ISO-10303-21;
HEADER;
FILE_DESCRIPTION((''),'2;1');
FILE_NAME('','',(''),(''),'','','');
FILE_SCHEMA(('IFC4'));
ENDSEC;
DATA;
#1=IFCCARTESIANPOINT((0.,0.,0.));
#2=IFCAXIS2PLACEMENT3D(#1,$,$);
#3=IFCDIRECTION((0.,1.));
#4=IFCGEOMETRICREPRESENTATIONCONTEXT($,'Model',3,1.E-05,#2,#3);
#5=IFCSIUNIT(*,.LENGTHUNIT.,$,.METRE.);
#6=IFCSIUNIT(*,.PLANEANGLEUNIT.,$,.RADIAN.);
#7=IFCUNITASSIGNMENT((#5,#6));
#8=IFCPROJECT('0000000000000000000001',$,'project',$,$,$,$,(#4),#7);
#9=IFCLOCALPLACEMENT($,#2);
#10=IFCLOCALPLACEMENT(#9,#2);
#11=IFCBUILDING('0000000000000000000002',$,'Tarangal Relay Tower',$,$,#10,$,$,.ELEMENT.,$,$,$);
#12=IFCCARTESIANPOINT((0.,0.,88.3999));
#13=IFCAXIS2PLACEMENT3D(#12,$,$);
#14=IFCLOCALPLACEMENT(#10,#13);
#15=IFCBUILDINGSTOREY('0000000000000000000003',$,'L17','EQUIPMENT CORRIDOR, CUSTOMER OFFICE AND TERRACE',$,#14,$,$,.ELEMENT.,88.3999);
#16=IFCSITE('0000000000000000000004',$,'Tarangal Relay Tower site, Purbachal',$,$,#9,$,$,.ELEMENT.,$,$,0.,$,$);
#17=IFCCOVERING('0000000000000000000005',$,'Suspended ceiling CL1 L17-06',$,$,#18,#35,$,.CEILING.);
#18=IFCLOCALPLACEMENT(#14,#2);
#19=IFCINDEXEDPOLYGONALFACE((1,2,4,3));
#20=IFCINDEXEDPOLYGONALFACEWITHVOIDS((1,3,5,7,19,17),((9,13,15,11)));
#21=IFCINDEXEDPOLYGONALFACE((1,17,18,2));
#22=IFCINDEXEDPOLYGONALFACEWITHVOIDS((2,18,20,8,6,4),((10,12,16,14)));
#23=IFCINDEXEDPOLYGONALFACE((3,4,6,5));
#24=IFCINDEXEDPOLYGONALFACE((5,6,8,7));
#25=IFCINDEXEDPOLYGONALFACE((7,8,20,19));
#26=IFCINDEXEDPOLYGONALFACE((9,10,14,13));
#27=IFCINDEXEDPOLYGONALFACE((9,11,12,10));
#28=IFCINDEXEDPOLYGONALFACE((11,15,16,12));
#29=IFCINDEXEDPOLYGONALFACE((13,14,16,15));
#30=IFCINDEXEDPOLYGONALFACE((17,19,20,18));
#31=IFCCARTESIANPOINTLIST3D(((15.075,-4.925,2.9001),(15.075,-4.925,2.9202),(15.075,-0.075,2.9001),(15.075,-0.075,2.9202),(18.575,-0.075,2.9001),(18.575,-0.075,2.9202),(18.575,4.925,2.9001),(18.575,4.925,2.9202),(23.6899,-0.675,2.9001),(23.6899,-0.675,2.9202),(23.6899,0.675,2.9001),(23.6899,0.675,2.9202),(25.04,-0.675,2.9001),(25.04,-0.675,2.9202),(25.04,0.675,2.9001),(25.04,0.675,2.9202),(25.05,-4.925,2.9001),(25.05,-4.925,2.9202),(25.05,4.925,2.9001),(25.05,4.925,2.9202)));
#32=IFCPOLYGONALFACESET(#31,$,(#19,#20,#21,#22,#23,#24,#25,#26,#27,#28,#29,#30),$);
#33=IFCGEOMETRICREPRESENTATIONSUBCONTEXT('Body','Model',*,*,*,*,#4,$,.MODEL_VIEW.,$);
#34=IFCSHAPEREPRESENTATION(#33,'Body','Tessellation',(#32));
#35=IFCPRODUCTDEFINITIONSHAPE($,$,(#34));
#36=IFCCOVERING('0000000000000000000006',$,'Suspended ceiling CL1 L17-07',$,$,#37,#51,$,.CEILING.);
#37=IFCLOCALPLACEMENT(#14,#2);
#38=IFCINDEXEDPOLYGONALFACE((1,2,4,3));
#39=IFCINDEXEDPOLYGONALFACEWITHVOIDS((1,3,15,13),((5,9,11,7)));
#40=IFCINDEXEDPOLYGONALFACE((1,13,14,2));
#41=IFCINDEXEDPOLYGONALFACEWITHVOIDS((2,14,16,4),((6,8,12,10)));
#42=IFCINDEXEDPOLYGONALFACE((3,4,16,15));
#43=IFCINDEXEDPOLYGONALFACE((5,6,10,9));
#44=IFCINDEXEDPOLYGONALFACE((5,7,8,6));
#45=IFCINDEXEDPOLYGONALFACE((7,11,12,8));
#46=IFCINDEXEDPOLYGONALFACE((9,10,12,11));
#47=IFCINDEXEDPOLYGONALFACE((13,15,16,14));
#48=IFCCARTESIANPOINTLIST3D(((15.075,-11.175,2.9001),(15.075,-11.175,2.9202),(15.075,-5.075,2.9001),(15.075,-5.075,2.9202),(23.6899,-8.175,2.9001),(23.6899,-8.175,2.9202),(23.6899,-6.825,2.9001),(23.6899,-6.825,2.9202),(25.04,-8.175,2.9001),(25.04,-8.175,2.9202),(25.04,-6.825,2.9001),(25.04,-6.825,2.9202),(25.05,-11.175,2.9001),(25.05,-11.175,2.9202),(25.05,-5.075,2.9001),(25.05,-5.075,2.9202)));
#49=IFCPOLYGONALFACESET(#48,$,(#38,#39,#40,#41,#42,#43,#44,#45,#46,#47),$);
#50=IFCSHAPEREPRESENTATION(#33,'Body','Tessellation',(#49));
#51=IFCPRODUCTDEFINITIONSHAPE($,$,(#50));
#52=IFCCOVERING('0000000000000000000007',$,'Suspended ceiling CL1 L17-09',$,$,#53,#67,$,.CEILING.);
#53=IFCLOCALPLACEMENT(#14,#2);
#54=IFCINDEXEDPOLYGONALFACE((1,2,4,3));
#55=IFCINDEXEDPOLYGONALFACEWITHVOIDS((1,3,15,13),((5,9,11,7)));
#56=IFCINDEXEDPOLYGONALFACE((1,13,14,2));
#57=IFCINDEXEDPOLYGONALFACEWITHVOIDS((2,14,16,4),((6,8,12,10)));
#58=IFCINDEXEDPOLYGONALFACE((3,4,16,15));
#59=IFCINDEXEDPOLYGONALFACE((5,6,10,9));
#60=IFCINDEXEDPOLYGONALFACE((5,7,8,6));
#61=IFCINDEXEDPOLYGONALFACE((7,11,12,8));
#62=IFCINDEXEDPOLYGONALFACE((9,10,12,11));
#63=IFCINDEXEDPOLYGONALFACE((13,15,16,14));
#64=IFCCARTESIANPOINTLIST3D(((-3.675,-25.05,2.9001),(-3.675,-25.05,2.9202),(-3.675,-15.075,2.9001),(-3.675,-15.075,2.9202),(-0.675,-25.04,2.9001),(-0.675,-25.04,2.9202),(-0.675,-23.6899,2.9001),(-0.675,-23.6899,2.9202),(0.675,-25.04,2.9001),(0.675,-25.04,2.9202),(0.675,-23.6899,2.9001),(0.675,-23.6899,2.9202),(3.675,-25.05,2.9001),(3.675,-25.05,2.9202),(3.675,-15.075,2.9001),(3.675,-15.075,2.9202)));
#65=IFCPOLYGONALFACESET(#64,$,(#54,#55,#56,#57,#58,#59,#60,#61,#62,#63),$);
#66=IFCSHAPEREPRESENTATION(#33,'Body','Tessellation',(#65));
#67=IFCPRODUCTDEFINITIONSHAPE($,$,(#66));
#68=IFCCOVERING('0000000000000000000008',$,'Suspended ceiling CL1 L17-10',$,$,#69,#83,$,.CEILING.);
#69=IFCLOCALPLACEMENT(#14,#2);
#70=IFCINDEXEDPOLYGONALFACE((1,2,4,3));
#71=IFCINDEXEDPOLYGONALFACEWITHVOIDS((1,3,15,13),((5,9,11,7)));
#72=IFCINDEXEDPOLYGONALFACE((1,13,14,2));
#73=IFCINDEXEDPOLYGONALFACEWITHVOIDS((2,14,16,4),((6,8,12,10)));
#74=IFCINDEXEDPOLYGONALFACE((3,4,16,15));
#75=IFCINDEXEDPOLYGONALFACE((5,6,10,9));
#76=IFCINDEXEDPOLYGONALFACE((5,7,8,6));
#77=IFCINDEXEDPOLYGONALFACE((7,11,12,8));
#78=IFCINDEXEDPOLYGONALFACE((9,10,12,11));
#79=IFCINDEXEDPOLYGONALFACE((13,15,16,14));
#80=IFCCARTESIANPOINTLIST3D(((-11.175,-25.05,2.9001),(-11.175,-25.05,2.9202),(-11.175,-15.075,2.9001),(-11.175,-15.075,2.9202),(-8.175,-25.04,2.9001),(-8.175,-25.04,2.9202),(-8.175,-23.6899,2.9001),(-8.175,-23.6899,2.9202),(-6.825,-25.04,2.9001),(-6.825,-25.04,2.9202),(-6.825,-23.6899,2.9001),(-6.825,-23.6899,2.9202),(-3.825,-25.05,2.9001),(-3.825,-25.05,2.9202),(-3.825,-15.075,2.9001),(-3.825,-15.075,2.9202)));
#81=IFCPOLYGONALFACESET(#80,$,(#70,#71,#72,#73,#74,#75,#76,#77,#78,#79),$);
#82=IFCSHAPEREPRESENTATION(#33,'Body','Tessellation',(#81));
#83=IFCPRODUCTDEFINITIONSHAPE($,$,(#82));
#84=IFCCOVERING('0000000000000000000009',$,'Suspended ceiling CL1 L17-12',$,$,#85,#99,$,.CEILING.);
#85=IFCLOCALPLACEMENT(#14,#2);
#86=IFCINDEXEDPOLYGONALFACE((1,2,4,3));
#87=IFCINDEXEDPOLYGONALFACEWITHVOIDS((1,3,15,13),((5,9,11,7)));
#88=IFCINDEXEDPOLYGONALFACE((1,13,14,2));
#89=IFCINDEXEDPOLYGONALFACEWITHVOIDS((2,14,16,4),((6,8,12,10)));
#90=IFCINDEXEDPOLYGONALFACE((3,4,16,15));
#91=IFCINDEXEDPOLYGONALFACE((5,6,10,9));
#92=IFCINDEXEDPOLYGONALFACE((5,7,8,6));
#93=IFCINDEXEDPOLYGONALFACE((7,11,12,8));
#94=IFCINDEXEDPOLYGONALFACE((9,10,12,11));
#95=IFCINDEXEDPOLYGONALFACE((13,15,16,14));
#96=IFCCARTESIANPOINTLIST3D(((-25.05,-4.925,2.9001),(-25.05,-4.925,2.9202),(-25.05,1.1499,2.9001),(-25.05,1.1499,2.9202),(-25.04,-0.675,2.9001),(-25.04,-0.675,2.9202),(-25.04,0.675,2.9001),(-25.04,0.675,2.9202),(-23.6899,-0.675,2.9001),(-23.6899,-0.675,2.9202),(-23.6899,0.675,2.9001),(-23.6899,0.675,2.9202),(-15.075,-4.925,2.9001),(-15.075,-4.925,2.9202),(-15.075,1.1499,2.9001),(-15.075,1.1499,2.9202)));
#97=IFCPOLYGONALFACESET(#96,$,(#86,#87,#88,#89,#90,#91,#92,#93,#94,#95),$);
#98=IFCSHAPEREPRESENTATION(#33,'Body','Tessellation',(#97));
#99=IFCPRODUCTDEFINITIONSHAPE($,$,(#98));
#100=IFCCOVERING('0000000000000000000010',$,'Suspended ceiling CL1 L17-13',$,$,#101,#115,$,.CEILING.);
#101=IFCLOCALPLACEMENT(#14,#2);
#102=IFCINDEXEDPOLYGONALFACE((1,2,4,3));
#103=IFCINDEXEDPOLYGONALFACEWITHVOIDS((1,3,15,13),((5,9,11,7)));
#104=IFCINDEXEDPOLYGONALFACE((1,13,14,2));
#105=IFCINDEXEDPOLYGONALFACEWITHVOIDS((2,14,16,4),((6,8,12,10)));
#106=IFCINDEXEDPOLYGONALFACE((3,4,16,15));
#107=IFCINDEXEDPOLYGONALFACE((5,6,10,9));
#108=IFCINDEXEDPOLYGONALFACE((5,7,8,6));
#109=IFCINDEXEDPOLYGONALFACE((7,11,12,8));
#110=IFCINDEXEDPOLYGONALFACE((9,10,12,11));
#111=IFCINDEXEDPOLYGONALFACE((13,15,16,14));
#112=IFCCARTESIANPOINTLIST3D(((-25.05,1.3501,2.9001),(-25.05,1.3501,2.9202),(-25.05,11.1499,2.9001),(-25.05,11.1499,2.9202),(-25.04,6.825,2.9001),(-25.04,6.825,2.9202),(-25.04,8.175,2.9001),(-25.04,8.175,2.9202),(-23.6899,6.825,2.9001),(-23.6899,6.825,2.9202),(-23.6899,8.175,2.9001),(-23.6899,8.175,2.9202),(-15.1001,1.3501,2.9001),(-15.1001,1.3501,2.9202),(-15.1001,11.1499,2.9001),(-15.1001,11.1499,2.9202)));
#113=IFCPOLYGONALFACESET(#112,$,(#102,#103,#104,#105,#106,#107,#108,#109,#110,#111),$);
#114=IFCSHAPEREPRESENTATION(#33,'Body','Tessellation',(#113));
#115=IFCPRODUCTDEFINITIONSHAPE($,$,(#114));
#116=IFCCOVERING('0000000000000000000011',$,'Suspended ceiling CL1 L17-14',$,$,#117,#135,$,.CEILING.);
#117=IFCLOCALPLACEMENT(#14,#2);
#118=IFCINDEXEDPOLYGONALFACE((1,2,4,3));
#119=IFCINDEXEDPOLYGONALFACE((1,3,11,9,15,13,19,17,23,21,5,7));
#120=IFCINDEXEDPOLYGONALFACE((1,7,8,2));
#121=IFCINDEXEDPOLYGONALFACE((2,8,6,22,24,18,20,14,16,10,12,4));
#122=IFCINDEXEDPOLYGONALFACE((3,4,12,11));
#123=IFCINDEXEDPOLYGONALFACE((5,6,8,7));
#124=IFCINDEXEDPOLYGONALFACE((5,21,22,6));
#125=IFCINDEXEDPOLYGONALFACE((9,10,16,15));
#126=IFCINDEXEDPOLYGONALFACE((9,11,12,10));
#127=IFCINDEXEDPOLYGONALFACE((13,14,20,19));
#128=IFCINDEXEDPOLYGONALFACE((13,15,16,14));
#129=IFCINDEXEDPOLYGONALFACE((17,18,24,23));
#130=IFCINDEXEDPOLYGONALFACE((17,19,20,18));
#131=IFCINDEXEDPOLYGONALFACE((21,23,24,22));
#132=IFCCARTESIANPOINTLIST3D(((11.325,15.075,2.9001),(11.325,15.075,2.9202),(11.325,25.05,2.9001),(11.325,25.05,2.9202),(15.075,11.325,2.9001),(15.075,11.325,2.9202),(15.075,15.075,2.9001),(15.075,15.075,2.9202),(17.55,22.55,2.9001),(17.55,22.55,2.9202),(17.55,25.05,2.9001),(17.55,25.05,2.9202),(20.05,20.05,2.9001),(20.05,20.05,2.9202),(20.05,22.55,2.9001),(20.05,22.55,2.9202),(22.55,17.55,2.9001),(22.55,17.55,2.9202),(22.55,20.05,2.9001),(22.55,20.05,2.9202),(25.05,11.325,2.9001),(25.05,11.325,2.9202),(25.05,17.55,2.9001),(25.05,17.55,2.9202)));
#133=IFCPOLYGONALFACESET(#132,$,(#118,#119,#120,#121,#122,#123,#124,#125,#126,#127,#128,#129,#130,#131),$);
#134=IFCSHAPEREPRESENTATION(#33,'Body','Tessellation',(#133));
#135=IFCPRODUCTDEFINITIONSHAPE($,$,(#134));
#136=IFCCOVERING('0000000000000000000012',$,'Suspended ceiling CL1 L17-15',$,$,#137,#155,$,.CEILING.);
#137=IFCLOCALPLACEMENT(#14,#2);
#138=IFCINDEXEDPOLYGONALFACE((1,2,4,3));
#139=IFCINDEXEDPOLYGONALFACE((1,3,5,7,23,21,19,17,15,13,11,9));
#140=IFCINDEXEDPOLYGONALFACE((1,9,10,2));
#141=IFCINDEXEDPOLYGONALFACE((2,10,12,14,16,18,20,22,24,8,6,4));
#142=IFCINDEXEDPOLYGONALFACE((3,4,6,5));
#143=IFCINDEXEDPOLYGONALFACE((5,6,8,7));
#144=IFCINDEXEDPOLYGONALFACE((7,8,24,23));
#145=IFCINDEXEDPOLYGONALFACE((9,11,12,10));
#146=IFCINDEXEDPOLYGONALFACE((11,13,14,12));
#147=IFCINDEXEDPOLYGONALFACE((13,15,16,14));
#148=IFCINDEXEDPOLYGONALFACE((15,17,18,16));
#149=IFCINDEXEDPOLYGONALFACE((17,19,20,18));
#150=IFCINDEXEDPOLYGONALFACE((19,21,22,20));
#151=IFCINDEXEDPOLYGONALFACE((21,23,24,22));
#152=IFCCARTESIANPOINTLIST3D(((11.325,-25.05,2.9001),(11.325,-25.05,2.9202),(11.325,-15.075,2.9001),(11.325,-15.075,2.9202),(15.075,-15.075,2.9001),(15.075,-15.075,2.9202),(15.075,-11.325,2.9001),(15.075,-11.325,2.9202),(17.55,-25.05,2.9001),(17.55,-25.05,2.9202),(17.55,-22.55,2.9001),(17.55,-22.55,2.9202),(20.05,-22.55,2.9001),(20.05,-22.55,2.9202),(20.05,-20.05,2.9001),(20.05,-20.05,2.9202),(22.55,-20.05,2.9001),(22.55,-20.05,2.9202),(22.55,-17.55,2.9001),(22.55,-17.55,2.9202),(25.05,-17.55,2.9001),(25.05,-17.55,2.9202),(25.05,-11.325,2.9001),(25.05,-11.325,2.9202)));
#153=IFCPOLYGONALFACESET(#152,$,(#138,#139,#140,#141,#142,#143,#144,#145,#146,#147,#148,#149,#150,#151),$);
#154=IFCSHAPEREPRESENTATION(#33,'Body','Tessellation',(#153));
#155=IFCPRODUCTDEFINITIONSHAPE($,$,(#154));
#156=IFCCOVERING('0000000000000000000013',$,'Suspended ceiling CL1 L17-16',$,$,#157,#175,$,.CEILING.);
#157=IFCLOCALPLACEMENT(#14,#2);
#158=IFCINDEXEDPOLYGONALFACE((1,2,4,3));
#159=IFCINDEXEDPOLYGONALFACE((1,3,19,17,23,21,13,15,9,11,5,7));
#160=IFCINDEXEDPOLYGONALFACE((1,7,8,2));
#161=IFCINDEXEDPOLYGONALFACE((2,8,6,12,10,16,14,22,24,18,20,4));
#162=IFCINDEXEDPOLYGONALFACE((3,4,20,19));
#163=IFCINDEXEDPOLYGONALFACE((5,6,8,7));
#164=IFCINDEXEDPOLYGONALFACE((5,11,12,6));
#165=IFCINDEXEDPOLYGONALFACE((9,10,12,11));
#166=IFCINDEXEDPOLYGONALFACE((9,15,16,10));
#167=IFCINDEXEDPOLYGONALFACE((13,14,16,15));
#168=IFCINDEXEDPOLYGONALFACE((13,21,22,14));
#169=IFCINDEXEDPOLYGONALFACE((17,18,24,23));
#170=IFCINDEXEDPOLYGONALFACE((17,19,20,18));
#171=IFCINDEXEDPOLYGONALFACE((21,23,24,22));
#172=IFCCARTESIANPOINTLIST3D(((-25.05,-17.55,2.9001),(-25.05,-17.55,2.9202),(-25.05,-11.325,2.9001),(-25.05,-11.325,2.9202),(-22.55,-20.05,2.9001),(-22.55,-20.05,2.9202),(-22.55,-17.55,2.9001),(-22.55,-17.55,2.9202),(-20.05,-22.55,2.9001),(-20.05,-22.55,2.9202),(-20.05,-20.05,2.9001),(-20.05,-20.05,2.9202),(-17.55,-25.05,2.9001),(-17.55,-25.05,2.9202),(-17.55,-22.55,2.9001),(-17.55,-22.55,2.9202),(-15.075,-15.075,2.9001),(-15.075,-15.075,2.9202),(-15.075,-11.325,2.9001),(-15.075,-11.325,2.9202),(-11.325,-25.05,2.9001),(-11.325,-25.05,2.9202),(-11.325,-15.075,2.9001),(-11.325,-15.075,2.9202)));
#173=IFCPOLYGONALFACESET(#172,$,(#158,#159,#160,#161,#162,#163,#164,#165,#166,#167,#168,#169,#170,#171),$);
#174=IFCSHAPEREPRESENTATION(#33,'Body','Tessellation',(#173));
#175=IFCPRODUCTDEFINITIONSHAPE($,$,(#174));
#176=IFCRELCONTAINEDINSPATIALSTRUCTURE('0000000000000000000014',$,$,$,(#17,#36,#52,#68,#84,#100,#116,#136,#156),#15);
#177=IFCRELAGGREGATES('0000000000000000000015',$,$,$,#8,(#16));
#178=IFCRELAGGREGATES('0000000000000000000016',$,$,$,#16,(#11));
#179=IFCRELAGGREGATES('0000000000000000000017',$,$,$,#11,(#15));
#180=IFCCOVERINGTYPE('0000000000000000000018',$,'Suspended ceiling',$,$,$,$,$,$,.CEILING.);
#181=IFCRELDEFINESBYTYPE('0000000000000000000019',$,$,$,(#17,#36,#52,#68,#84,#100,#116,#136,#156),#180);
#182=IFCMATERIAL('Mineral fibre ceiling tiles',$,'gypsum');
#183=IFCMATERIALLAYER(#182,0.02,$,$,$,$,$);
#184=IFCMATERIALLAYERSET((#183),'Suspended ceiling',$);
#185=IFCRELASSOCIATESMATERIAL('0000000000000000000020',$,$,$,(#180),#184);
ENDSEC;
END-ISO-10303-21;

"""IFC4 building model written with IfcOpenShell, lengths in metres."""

from ifc_helpers import new_model, si_unit, direction, frame, origin, place, context, subcontext, project, spatial, polyline, outline, extrude, material, layer, layer_set, type_object, element, save


model = new_model("IFC4")

# Units and contexts
model_context = context("Model", 3, precision=1e-05, world=origin(), true_north=direction((0.0, 1.0)))
body_context = subcontext(model_context, "Body", "Model", "MODEL_VIEW")
ifc_project = project(units=[si_unit("LENGTHUNIT", "METRE"), si_unit("PLANEANGLEUNIT", "RADIAN")], contexts=[model_context])

# Site, building, storey
site_placement = place(None, origin())
site = spatial("IfcSite", under=ifc_project, at=site_placement, Name="Tarangal Relay Tower site, Purbachal", CompositionType="ELEMENT", RefElevation=0.0)
building_placement = place(site_placement, origin())
building = spatial("IfcBuilding", under=site, at=building_placement, Name="Tarangal Relay Tower", CompositionType="ELEMENT")
storey_placement = place(building_placement, frame((0.0, 0.0, 88.3999)))
storey = spatial("IfcBuildingStorey", under=building, at=storey_placement, Name="L17", Description="EQUIPMENT CORRIDOR, CUSTOMER OFFICE AND TERRACE", CompositionType="ELEMENT", Elevation=88.3999)

# Coverings
ifc_material_1 = material(Name="Mineral fibre ceiling tiles", Category="gypsum")
ifc_layer_1 = layer(ifc_material_1, 0.02)
ifc_layer_set_1 = layer_set([ifc_layer_1], Name="Suspended ceiling")
covering_type_1 = type_object("IfcCoveringType", Name="Suspended ceiling", PredefinedType="CEILING", material=ifc_layer_set_1)
covering_1_placement = place(storey_placement, frame((0.0, 0.0, 2.9001)))
element("IfcCovering", 1, at=covering_1_placement, inside=storey, type_object=covering_type_1, Name="Suspended ceiling CL1 L17-06", PredefinedType="CEILING", context=body_context, shape_type="SweptSolid", body=[
    extrude(outline(polyline([(25.05, -4.925), (25.05, 4.925), (18.575, 4.925), (18.575, -0.075), (15.075, -0.075), (15.075, -4.925), (25.05, -4.925)]), holes=[polyline([(25.04, 0.675), (23.6899, 0.675), (23.6899, -0.675), (25.04, -0.675), (25.04, 0.675)])]), origin(), (0.0, 0.0, 1.0), 0.02),
])
covering_2_placement = place(storey_placement, frame((0.0, 0.0, 2.9001)))
element("IfcCovering", 2, at=covering_2_placement, inside=storey, type_object=covering_type_1, Name="Suspended ceiling CL1 L17-07", PredefinedType="CEILING", context=body_context, shape_type="SweptSolid", body=[
    extrude(outline(polyline([(25.05, -11.175), (25.05, -5.075), (15.075, -5.075), (15.075, -11.175), (25.05, -11.175)]), holes=[polyline([(25.04, -6.825), (23.6899, -6.825), (23.6899, -8.175), (25.04, -8.175), (25.04, -6.825)])]), origin(), (0.0, 0.0, 1.0), 0.02),
])
covering_3_placement = place(storey_placement, frame((0.0, 0.0, 2.9001)))
element("IfcCovering", 3, at=covering_3_placement, inside=storey, type_object=covering_type_1, Name="Suspended ceiling CL1 L17-09", PredefinedType="CEILING", context=body_context, shape_type="SweptSolid", body=[
    extrude(outline(polyline([(-3.675, -25.05), (3.675, -25.05), (3.675, -15.075), (-3.675, -15.075), (-3.675, -25.05)]), holes=[polyline([(0.675, -23.6899), (-0.675, -23.6899), (-0.675, -25.04), (0.675, -25.04), (0.675, -23.6899)])]), origin(), (0.0, 0.0, 1.0), 0.02),
])
covering_4_placement = place(storey_placement, frame((0.0, 0.0, 2.9001)))
element("IfcCovering", 4, at=covering_4_placement, inside=storey, type_object=covering_type_1, Name="Suspended ceiling CL1 L17-10", PredefinedType="CEILING", context=body_context, shape_type="SweptSolid", body=[
    extrude(outline(polyline([(-11.175, -25.05), (-3.825, -25.05), (-3.825, -15.075), (-11.175, -15.075), (-11.175, -25.05)]), holes=[polyline([(-6.825, -23.6899), (-8.175, -23.6899), (-8.175, -25.04), (-6.825, -25.04), (-6.825, -23.6899)])]), origin(), (0.0, 0.0, 1.0), 0.02),
])
covering_5_placement = place(storey_placement, frame((0.0, 0.0, 2.9001)))
element("IfcCovering", 5, at=covering_5_placement, inside=storey, type_object=covering_type_1, Name="Suspended ceiling CL1 L17-12", PredefinedType="CEILING", context=body_context, shape_type="SweptSolid", body=[
    extrude(outline(polyline([(-25.05, -4.925), (-15.075, -4.925), (-15.075, 1.1499), (-25.05, 1.1499), (-25.05, -4.925)]), holes=[polyline([(-23.6899, 0.675), (-25.04, 0.675), (-25.04, -0.675), (-23.6899, -0.675), (-23.6899, 0.675)])]), origin(), (0.0, 0.0, 1.0), 0.02),
])
covering_6_placement = place(storey_placement, frame((0.0, 0.0, 2.9001)))
element("IfcCovering", 6, at=covering_6_placement, inside=storey, type_object=covering_type_1, Name="Suspended ceiling CL1 L17-13", PredefinedType="CEILING", context=body_context, shape_type="SweptSolid", body=[
    extrude(outline(polyline([(-25.05, 11.1499), (-25.05, 1.3501), (-15.1001, 1.3501), (-15.1001, 11.1499), (-25.05, 11.1499)]), holes=[polyline([(-23.6899, 8.175), (-25.04, 8.175), (-25.04, 6.825), (-23.6899, 6.825), (-23.6899, 8.175)])]), origin(), (0.0, 0.0, 1.0), 0.02),
])
covering_7_placement = place(storey_placement, frame((0.0, 0.0, 2.9001)))
element("IfcCovering", 7, at=covering_7_placement, inside=storey, type_object=covering_type_1, Name="Suspended ceiling CL1 L17-14", PredefinedType="CEILING", context=body_context, shape_type="SweptSolid", body=[
    extrude(outline(polyline([(17.55, 25.05), (11.325, 25.05), (11.325, 15.075), (15.075, 15.075), (15.075, 11.325), (25.05, 11.325), (25.05, 17.55), (22.55, 17.55), (22.55, 20.05), (20.05, 20.05), (20.05, 22.55), (17.55, 22.55), (17.55, 25.05)])), origin(), (0.0, 0.0, 1.0), 0.02),
])
covering_8_placement = place(storey_placement, frame((0.0, 0.0, 2.9001)))
element("IfcCovering", 8, at=covering_8_placement, inside=storey, type_object=covering_type_1, Name="Suspended ceiling CL1 L17-15", PredefinedType="CEILING", context=body_context, shape_type="SweptSolid", body=[
    extrude(outline(polyline([(25.05, -17.55), (25.05, -11.325), (15.075, -11.325), (15.075, -15.075), (11.325, -15.075), (11.325, -25.05), (17.55, -25.05), (17.55, -22.55), (20.05, -22.55), (20.05, -20.05), (22.55, -20.05), (22.55, -17.55), (25.05, -17.55)])), origin(), (0.0, 0.0, 1.0), 0.02),
])
covering_9_placement = place(storey_placement, frame((0.0, 0.0, 2.9001)))
element("IfcCovering", 9, at=covering_9_placement, inside=storey, type_object=covering_type_1, Name="Suspended ceiling CL1 L17-16", PredefinedType="CEILING", context=body_context, shape_type="SweptSolid", body=[
    extrude(outline(polyline([(-17.55, -22.55), (-17.55, -25.05), (-11.325, -25.05), (-11.325, -15.075), (-15.075, -15.075), (-15.075, -11.325), (-25.05, -11.325), (-25.05, -17.55), (-22.55, -17.55), (-22.55, -20.05), (-20.05, -20.05), (-20.05, -22.55), (-17.55, -22.55)])), origin(), (0.0, 0.0, 1.0), 0.02),
])

save(model, "model.ifc")
